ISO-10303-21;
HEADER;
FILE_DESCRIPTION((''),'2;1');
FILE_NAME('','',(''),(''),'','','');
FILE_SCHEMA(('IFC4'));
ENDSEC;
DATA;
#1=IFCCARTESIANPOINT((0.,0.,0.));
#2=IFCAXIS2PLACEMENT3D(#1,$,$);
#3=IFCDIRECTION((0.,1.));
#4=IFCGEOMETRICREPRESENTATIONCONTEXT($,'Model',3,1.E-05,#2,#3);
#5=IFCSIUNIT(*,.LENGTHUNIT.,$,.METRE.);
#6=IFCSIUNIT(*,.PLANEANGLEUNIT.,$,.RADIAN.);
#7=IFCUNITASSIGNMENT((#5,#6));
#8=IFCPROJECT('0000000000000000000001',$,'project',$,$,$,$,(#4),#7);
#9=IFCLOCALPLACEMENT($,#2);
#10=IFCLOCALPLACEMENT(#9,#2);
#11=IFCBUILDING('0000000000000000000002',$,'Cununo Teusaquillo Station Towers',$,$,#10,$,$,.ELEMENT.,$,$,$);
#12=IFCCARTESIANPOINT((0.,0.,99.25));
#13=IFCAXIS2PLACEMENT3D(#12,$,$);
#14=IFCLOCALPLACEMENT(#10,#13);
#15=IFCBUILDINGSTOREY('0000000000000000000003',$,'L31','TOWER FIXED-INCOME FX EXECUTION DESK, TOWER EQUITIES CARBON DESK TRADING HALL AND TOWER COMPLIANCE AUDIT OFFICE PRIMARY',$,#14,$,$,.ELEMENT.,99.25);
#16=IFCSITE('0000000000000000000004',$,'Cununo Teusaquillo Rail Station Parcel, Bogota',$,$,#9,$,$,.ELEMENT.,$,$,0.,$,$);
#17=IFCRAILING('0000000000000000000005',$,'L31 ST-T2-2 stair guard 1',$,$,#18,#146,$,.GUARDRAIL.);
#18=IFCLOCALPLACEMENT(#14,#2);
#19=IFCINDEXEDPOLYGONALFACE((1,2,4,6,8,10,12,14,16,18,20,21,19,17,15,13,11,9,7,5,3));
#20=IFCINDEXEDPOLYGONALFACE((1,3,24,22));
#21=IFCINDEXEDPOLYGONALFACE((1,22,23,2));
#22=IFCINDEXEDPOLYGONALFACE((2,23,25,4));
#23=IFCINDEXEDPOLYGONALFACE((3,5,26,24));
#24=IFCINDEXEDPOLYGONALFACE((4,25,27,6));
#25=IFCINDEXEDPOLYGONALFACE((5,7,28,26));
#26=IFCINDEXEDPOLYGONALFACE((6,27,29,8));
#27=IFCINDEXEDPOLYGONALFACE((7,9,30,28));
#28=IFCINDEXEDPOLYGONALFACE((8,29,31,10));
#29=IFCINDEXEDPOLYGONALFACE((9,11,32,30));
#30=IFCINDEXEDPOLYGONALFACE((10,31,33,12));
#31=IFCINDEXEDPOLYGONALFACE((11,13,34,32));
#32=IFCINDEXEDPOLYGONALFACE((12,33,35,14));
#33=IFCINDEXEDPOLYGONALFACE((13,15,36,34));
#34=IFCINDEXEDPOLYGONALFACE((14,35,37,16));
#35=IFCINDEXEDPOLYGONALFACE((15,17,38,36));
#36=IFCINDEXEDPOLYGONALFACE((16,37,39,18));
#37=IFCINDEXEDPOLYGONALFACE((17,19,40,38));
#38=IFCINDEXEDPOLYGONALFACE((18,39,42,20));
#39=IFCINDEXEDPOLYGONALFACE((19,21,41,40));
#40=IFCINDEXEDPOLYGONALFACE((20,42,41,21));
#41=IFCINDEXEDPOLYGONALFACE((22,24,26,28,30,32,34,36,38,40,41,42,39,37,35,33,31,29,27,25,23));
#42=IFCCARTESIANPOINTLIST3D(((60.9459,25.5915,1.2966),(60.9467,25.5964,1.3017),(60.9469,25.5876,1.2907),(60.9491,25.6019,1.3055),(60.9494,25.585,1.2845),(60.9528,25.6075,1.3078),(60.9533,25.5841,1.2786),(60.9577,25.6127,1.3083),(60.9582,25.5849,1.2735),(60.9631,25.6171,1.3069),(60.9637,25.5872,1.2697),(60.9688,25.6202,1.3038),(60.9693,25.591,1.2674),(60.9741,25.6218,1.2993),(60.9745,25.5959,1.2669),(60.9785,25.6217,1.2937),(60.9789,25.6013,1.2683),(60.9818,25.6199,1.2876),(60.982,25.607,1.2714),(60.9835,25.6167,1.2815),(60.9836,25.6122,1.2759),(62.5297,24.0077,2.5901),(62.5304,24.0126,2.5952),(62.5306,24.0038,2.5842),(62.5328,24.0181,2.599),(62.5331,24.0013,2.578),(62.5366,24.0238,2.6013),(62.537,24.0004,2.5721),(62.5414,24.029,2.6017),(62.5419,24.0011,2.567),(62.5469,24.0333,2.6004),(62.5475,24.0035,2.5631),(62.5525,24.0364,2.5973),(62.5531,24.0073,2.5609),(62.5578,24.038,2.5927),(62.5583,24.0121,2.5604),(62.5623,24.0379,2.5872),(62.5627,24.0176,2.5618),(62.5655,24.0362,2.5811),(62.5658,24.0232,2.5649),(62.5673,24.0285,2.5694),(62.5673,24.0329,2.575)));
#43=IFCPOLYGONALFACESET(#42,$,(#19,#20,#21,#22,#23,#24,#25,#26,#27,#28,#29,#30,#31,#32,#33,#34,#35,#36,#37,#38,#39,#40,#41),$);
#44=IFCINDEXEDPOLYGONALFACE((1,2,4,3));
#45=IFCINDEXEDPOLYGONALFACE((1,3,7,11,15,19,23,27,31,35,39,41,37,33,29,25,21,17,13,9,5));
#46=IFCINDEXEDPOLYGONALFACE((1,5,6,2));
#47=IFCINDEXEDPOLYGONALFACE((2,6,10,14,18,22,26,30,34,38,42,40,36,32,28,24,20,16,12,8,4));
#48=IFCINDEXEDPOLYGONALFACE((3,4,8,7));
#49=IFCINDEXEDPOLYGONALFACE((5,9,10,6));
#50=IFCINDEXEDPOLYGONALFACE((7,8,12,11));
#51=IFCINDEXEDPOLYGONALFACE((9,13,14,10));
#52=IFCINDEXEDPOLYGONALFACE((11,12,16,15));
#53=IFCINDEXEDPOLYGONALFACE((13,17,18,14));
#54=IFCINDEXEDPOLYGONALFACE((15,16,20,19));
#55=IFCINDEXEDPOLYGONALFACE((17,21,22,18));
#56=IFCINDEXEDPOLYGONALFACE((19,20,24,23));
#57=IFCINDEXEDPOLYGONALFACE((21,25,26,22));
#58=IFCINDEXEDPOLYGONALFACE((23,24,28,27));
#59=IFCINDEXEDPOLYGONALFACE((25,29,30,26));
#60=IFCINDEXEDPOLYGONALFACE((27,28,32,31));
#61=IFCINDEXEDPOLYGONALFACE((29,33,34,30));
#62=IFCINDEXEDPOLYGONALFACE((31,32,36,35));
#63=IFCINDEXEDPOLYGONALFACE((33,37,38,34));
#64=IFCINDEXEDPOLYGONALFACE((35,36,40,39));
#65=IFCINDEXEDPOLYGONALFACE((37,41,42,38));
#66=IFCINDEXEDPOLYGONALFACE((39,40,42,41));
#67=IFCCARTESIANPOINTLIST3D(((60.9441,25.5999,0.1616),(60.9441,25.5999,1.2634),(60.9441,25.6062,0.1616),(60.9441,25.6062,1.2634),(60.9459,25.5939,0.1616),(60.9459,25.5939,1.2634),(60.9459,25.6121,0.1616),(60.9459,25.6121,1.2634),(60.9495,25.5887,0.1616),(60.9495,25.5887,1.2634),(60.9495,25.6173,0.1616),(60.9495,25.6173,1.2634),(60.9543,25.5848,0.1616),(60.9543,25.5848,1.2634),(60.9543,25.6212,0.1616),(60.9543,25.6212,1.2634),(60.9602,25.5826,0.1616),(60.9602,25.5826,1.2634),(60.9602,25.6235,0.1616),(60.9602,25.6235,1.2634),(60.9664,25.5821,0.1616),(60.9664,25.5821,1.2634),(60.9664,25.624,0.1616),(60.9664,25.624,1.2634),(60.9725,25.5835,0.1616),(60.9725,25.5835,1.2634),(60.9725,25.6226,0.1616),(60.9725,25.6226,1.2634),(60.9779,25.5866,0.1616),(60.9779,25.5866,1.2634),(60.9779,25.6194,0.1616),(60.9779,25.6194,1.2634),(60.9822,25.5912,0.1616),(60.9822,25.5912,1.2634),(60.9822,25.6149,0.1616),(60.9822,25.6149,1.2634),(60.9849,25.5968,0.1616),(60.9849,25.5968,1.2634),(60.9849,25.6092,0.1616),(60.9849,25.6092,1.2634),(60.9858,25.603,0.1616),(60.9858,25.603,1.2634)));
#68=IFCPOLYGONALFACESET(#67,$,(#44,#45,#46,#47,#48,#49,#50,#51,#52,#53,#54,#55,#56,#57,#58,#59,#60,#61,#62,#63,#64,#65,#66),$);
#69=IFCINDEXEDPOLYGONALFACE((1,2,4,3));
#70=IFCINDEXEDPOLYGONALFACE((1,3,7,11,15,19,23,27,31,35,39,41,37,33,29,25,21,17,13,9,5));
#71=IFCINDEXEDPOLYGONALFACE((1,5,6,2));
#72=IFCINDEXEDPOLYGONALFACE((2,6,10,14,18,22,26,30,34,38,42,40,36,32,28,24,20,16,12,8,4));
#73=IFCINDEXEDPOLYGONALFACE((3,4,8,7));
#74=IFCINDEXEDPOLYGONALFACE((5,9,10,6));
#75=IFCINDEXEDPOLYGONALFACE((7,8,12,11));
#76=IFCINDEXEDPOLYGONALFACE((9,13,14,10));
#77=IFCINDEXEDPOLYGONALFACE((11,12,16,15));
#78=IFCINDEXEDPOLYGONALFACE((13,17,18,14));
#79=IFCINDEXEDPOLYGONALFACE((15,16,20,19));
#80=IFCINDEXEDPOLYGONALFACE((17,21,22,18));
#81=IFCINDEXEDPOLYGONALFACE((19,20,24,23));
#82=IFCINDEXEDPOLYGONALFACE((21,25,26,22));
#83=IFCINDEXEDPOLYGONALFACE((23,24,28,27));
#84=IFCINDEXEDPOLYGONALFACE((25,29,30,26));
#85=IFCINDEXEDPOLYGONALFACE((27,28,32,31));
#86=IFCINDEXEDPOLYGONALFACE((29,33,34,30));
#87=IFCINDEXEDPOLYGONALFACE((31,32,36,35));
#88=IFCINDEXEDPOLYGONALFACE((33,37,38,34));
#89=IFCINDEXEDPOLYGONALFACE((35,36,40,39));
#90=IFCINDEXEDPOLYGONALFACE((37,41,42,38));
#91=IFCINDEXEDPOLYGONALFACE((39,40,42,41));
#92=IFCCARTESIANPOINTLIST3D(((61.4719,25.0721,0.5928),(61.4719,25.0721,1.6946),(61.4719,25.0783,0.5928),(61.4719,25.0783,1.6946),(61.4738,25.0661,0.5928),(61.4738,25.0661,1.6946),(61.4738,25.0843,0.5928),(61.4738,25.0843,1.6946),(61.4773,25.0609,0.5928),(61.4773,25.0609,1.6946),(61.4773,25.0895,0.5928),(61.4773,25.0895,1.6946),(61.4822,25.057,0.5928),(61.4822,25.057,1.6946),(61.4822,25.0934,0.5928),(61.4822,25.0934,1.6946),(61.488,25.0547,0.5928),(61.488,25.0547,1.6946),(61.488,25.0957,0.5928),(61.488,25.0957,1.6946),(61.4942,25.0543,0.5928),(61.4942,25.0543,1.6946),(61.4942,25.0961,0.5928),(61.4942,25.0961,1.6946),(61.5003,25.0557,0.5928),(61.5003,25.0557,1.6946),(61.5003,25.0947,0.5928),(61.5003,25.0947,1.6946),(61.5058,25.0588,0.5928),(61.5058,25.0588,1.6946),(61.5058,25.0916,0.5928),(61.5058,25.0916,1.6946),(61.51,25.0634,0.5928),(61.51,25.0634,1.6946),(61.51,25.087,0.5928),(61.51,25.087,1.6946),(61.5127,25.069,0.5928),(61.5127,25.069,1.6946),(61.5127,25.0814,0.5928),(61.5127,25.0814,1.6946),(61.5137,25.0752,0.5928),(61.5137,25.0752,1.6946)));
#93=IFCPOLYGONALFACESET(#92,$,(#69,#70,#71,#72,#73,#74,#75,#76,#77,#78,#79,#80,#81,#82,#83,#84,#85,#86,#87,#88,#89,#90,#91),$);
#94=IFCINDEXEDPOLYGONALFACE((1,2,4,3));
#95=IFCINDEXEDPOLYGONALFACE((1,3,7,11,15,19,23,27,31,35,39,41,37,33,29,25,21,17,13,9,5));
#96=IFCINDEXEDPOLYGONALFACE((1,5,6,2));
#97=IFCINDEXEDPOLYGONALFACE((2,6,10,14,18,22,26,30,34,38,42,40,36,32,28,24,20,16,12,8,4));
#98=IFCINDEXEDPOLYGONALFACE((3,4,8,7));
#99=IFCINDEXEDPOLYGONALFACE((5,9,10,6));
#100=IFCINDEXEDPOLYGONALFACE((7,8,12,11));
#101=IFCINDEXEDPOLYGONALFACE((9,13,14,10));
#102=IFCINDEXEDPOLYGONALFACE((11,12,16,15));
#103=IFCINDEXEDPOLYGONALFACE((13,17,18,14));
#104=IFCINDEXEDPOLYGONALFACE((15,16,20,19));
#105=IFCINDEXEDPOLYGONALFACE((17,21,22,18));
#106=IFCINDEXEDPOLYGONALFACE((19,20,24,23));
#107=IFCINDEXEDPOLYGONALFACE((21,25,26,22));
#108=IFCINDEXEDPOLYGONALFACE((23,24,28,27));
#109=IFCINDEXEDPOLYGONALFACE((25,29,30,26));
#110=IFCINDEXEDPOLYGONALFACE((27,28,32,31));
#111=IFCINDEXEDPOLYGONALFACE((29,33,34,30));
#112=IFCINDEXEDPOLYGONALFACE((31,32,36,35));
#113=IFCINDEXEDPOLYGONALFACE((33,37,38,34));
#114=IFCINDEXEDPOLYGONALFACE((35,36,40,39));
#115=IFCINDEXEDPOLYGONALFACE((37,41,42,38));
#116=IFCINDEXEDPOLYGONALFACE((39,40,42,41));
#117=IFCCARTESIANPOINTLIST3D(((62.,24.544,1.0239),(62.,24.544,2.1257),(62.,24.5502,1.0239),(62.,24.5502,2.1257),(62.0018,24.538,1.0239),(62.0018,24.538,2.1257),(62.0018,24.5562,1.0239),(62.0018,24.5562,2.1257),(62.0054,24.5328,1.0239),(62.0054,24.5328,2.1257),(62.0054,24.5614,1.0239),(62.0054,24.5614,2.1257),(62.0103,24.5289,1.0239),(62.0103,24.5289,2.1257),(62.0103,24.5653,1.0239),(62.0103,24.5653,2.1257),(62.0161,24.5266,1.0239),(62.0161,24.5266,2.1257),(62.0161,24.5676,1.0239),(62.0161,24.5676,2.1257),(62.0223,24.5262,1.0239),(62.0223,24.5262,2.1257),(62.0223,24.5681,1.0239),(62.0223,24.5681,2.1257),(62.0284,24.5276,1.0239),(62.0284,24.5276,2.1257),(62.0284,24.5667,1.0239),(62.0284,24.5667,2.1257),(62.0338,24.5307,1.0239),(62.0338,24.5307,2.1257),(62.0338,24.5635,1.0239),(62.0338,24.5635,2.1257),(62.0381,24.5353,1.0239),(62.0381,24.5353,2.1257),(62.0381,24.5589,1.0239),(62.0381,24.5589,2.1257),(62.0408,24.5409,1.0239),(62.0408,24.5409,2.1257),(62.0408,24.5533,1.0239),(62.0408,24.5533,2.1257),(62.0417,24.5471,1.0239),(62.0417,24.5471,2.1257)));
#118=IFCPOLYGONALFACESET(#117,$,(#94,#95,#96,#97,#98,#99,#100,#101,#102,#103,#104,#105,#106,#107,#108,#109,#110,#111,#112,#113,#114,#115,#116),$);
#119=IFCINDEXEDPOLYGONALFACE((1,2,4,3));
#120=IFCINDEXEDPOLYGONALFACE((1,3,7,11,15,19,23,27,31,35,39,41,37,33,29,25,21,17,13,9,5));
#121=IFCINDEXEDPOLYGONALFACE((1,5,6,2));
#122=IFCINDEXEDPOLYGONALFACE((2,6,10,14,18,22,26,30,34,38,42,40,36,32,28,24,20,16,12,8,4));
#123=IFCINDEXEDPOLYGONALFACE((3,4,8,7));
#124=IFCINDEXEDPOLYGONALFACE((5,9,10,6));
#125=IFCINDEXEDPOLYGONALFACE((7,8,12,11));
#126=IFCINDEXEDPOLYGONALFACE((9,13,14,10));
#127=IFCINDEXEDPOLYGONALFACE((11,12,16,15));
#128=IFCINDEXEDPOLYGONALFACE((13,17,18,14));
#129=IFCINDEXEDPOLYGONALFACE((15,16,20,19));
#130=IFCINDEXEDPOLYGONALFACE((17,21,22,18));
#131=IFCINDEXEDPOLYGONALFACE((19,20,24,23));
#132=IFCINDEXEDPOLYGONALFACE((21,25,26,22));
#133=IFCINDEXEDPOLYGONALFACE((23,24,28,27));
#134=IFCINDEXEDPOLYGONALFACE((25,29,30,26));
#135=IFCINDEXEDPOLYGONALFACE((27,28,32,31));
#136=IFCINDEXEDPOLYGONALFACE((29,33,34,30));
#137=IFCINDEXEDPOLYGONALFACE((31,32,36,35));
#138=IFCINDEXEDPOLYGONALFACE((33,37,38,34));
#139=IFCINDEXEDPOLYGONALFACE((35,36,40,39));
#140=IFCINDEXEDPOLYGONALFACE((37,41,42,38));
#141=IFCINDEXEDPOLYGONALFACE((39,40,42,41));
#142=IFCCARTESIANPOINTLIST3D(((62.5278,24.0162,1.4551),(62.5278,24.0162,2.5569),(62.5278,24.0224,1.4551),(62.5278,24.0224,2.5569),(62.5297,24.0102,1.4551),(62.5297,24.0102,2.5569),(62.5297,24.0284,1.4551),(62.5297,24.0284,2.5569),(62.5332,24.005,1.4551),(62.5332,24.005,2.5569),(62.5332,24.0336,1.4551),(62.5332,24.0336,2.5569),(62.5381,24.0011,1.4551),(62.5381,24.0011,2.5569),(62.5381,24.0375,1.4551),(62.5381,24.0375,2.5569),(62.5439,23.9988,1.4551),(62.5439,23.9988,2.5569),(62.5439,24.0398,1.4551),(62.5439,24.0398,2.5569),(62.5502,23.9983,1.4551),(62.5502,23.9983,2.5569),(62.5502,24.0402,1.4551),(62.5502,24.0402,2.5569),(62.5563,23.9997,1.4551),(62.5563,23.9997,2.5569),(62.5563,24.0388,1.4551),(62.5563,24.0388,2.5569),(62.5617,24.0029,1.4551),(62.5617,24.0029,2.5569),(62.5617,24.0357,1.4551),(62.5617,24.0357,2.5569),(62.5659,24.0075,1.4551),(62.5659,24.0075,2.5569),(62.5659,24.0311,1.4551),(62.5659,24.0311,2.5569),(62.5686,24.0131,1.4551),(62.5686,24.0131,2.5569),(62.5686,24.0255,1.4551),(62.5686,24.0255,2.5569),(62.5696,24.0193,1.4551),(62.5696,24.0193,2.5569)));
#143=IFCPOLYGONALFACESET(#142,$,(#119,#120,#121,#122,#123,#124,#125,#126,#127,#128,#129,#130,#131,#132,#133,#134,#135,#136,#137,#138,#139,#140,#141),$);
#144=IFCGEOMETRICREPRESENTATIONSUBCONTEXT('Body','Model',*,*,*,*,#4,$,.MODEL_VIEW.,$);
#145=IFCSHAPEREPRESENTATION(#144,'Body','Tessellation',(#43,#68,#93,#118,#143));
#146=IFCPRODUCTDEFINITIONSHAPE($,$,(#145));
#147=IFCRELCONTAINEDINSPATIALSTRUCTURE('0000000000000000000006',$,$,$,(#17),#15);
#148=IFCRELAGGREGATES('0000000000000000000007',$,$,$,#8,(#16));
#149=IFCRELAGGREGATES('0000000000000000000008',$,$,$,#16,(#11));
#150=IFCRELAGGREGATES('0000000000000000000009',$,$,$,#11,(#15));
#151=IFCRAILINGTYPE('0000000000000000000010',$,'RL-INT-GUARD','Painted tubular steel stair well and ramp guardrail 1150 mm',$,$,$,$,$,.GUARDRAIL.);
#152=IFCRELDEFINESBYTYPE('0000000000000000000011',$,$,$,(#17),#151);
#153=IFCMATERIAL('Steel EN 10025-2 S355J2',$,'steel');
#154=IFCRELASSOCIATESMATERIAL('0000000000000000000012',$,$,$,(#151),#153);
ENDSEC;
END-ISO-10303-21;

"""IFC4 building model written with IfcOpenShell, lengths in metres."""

from ifc_helpers import new_model, si_unit, direction, frame, origin, origin_2d, place, context, subcontext, project, spatial, circle, extrude, material, type_object, element, save


model = new_model("IFC4")

# Units and contexts
model_context = context("Model", 3, precision=1e-05, world=origin(), true_north=direction((0.0, 1.0)))
body_context = subcontext(model_context, "Body", "Model", "MODEL_VIEW")
ifc_project = project(units=[si_unit("LENGTHUNIT", "METRE"), si_unit("PLANEANGLEUNIT", "RADIAN")], contexts=[model_context])

# Site, building, storey
site_placement = place(None, origin())
site = spatial("IfcSite", under=ifc_project, at=site_placement, Name="Cununo Teusaquillo Rail Station Parcel, Bogota", CompositionType="ELEMENT", RefElevation=0.0)
building_placement = place(site_placement, origin())
building = spatial("IfcBuilding", under=site, at=building_placement, Name="Cununo Teusaquillo Station Towers", CompositionType="ELEMENT")
storey_placement = place(building_placement, frame((0.0, 0.0, 99.25)))
storey = spatial("IfcBuildingStorey", under=building, at=storey_placement, Name="L31", Description="TOWER FIXED-INCOME FX EXECUTION DESK, TOWER EQUITIES CARBON DESK TRADING HALL AND TOWER COMPLIANCE AUDIT OFFICE PRIMARY", CompositionType="ELEMENT", Elevation=99.25)

# Railing
ifc_material_1 = material(Name="Steel EN 10025-2 S355J2", Category="steel")
railing_type_1 = type_object("IfcRailingType", Name="RL-INT-GUARD", Description="Painted tubular steel stair well and ramp guardrail 1150 mm", PredefinedType="GUARDRAIL", material=ifc_material_1)
railing_1_placement = place(storey_placement, frame((60.9648, 25.603, 0.1616)))
element("IfcRailing", 1, at=railing_1_placement, inside=storey, type_object=railing_type_1, Name="L31 ST-T2-2 stair guard 1", PredefinedType="GUARDRAIL", context=body_context, shape_type="SweptSolid", body=[
    extrude(circle(Radius=0.0239, at=origin_2d()), frame((0.0, 0.0, 1.126), z_axis=(0.612332, -0.612332, 0.500098), x_axis=(0.707107, 0.707107, 0.0)), (0.0, 0.0, 1.0), 2.5864),
    extrude(circle(Radius=0.021, at=origin_2d()), origin(), (0.0, 0.0, 1.0), 1.1018),
    extrude(circle(Radius=0.021, at=origin_2d()), frame((0.5278, -0.5278, 0.4312)), (0.0, 0.0, 1.0), 1.1018),
    extrude(circle(Radius=0.021, at=origin_2d()), frame((1.0559, -1.0559, 0.8623)), (0.0, 0.0, 1.0), 1.1018),
    extrude(circle(Radius=0.021, at=origin_2d()), frame((1.5837, -1.5837, 1.2935)), (0.0, 0.0, 1.0), 1.1018),
])

save(model, "model.ifc")
